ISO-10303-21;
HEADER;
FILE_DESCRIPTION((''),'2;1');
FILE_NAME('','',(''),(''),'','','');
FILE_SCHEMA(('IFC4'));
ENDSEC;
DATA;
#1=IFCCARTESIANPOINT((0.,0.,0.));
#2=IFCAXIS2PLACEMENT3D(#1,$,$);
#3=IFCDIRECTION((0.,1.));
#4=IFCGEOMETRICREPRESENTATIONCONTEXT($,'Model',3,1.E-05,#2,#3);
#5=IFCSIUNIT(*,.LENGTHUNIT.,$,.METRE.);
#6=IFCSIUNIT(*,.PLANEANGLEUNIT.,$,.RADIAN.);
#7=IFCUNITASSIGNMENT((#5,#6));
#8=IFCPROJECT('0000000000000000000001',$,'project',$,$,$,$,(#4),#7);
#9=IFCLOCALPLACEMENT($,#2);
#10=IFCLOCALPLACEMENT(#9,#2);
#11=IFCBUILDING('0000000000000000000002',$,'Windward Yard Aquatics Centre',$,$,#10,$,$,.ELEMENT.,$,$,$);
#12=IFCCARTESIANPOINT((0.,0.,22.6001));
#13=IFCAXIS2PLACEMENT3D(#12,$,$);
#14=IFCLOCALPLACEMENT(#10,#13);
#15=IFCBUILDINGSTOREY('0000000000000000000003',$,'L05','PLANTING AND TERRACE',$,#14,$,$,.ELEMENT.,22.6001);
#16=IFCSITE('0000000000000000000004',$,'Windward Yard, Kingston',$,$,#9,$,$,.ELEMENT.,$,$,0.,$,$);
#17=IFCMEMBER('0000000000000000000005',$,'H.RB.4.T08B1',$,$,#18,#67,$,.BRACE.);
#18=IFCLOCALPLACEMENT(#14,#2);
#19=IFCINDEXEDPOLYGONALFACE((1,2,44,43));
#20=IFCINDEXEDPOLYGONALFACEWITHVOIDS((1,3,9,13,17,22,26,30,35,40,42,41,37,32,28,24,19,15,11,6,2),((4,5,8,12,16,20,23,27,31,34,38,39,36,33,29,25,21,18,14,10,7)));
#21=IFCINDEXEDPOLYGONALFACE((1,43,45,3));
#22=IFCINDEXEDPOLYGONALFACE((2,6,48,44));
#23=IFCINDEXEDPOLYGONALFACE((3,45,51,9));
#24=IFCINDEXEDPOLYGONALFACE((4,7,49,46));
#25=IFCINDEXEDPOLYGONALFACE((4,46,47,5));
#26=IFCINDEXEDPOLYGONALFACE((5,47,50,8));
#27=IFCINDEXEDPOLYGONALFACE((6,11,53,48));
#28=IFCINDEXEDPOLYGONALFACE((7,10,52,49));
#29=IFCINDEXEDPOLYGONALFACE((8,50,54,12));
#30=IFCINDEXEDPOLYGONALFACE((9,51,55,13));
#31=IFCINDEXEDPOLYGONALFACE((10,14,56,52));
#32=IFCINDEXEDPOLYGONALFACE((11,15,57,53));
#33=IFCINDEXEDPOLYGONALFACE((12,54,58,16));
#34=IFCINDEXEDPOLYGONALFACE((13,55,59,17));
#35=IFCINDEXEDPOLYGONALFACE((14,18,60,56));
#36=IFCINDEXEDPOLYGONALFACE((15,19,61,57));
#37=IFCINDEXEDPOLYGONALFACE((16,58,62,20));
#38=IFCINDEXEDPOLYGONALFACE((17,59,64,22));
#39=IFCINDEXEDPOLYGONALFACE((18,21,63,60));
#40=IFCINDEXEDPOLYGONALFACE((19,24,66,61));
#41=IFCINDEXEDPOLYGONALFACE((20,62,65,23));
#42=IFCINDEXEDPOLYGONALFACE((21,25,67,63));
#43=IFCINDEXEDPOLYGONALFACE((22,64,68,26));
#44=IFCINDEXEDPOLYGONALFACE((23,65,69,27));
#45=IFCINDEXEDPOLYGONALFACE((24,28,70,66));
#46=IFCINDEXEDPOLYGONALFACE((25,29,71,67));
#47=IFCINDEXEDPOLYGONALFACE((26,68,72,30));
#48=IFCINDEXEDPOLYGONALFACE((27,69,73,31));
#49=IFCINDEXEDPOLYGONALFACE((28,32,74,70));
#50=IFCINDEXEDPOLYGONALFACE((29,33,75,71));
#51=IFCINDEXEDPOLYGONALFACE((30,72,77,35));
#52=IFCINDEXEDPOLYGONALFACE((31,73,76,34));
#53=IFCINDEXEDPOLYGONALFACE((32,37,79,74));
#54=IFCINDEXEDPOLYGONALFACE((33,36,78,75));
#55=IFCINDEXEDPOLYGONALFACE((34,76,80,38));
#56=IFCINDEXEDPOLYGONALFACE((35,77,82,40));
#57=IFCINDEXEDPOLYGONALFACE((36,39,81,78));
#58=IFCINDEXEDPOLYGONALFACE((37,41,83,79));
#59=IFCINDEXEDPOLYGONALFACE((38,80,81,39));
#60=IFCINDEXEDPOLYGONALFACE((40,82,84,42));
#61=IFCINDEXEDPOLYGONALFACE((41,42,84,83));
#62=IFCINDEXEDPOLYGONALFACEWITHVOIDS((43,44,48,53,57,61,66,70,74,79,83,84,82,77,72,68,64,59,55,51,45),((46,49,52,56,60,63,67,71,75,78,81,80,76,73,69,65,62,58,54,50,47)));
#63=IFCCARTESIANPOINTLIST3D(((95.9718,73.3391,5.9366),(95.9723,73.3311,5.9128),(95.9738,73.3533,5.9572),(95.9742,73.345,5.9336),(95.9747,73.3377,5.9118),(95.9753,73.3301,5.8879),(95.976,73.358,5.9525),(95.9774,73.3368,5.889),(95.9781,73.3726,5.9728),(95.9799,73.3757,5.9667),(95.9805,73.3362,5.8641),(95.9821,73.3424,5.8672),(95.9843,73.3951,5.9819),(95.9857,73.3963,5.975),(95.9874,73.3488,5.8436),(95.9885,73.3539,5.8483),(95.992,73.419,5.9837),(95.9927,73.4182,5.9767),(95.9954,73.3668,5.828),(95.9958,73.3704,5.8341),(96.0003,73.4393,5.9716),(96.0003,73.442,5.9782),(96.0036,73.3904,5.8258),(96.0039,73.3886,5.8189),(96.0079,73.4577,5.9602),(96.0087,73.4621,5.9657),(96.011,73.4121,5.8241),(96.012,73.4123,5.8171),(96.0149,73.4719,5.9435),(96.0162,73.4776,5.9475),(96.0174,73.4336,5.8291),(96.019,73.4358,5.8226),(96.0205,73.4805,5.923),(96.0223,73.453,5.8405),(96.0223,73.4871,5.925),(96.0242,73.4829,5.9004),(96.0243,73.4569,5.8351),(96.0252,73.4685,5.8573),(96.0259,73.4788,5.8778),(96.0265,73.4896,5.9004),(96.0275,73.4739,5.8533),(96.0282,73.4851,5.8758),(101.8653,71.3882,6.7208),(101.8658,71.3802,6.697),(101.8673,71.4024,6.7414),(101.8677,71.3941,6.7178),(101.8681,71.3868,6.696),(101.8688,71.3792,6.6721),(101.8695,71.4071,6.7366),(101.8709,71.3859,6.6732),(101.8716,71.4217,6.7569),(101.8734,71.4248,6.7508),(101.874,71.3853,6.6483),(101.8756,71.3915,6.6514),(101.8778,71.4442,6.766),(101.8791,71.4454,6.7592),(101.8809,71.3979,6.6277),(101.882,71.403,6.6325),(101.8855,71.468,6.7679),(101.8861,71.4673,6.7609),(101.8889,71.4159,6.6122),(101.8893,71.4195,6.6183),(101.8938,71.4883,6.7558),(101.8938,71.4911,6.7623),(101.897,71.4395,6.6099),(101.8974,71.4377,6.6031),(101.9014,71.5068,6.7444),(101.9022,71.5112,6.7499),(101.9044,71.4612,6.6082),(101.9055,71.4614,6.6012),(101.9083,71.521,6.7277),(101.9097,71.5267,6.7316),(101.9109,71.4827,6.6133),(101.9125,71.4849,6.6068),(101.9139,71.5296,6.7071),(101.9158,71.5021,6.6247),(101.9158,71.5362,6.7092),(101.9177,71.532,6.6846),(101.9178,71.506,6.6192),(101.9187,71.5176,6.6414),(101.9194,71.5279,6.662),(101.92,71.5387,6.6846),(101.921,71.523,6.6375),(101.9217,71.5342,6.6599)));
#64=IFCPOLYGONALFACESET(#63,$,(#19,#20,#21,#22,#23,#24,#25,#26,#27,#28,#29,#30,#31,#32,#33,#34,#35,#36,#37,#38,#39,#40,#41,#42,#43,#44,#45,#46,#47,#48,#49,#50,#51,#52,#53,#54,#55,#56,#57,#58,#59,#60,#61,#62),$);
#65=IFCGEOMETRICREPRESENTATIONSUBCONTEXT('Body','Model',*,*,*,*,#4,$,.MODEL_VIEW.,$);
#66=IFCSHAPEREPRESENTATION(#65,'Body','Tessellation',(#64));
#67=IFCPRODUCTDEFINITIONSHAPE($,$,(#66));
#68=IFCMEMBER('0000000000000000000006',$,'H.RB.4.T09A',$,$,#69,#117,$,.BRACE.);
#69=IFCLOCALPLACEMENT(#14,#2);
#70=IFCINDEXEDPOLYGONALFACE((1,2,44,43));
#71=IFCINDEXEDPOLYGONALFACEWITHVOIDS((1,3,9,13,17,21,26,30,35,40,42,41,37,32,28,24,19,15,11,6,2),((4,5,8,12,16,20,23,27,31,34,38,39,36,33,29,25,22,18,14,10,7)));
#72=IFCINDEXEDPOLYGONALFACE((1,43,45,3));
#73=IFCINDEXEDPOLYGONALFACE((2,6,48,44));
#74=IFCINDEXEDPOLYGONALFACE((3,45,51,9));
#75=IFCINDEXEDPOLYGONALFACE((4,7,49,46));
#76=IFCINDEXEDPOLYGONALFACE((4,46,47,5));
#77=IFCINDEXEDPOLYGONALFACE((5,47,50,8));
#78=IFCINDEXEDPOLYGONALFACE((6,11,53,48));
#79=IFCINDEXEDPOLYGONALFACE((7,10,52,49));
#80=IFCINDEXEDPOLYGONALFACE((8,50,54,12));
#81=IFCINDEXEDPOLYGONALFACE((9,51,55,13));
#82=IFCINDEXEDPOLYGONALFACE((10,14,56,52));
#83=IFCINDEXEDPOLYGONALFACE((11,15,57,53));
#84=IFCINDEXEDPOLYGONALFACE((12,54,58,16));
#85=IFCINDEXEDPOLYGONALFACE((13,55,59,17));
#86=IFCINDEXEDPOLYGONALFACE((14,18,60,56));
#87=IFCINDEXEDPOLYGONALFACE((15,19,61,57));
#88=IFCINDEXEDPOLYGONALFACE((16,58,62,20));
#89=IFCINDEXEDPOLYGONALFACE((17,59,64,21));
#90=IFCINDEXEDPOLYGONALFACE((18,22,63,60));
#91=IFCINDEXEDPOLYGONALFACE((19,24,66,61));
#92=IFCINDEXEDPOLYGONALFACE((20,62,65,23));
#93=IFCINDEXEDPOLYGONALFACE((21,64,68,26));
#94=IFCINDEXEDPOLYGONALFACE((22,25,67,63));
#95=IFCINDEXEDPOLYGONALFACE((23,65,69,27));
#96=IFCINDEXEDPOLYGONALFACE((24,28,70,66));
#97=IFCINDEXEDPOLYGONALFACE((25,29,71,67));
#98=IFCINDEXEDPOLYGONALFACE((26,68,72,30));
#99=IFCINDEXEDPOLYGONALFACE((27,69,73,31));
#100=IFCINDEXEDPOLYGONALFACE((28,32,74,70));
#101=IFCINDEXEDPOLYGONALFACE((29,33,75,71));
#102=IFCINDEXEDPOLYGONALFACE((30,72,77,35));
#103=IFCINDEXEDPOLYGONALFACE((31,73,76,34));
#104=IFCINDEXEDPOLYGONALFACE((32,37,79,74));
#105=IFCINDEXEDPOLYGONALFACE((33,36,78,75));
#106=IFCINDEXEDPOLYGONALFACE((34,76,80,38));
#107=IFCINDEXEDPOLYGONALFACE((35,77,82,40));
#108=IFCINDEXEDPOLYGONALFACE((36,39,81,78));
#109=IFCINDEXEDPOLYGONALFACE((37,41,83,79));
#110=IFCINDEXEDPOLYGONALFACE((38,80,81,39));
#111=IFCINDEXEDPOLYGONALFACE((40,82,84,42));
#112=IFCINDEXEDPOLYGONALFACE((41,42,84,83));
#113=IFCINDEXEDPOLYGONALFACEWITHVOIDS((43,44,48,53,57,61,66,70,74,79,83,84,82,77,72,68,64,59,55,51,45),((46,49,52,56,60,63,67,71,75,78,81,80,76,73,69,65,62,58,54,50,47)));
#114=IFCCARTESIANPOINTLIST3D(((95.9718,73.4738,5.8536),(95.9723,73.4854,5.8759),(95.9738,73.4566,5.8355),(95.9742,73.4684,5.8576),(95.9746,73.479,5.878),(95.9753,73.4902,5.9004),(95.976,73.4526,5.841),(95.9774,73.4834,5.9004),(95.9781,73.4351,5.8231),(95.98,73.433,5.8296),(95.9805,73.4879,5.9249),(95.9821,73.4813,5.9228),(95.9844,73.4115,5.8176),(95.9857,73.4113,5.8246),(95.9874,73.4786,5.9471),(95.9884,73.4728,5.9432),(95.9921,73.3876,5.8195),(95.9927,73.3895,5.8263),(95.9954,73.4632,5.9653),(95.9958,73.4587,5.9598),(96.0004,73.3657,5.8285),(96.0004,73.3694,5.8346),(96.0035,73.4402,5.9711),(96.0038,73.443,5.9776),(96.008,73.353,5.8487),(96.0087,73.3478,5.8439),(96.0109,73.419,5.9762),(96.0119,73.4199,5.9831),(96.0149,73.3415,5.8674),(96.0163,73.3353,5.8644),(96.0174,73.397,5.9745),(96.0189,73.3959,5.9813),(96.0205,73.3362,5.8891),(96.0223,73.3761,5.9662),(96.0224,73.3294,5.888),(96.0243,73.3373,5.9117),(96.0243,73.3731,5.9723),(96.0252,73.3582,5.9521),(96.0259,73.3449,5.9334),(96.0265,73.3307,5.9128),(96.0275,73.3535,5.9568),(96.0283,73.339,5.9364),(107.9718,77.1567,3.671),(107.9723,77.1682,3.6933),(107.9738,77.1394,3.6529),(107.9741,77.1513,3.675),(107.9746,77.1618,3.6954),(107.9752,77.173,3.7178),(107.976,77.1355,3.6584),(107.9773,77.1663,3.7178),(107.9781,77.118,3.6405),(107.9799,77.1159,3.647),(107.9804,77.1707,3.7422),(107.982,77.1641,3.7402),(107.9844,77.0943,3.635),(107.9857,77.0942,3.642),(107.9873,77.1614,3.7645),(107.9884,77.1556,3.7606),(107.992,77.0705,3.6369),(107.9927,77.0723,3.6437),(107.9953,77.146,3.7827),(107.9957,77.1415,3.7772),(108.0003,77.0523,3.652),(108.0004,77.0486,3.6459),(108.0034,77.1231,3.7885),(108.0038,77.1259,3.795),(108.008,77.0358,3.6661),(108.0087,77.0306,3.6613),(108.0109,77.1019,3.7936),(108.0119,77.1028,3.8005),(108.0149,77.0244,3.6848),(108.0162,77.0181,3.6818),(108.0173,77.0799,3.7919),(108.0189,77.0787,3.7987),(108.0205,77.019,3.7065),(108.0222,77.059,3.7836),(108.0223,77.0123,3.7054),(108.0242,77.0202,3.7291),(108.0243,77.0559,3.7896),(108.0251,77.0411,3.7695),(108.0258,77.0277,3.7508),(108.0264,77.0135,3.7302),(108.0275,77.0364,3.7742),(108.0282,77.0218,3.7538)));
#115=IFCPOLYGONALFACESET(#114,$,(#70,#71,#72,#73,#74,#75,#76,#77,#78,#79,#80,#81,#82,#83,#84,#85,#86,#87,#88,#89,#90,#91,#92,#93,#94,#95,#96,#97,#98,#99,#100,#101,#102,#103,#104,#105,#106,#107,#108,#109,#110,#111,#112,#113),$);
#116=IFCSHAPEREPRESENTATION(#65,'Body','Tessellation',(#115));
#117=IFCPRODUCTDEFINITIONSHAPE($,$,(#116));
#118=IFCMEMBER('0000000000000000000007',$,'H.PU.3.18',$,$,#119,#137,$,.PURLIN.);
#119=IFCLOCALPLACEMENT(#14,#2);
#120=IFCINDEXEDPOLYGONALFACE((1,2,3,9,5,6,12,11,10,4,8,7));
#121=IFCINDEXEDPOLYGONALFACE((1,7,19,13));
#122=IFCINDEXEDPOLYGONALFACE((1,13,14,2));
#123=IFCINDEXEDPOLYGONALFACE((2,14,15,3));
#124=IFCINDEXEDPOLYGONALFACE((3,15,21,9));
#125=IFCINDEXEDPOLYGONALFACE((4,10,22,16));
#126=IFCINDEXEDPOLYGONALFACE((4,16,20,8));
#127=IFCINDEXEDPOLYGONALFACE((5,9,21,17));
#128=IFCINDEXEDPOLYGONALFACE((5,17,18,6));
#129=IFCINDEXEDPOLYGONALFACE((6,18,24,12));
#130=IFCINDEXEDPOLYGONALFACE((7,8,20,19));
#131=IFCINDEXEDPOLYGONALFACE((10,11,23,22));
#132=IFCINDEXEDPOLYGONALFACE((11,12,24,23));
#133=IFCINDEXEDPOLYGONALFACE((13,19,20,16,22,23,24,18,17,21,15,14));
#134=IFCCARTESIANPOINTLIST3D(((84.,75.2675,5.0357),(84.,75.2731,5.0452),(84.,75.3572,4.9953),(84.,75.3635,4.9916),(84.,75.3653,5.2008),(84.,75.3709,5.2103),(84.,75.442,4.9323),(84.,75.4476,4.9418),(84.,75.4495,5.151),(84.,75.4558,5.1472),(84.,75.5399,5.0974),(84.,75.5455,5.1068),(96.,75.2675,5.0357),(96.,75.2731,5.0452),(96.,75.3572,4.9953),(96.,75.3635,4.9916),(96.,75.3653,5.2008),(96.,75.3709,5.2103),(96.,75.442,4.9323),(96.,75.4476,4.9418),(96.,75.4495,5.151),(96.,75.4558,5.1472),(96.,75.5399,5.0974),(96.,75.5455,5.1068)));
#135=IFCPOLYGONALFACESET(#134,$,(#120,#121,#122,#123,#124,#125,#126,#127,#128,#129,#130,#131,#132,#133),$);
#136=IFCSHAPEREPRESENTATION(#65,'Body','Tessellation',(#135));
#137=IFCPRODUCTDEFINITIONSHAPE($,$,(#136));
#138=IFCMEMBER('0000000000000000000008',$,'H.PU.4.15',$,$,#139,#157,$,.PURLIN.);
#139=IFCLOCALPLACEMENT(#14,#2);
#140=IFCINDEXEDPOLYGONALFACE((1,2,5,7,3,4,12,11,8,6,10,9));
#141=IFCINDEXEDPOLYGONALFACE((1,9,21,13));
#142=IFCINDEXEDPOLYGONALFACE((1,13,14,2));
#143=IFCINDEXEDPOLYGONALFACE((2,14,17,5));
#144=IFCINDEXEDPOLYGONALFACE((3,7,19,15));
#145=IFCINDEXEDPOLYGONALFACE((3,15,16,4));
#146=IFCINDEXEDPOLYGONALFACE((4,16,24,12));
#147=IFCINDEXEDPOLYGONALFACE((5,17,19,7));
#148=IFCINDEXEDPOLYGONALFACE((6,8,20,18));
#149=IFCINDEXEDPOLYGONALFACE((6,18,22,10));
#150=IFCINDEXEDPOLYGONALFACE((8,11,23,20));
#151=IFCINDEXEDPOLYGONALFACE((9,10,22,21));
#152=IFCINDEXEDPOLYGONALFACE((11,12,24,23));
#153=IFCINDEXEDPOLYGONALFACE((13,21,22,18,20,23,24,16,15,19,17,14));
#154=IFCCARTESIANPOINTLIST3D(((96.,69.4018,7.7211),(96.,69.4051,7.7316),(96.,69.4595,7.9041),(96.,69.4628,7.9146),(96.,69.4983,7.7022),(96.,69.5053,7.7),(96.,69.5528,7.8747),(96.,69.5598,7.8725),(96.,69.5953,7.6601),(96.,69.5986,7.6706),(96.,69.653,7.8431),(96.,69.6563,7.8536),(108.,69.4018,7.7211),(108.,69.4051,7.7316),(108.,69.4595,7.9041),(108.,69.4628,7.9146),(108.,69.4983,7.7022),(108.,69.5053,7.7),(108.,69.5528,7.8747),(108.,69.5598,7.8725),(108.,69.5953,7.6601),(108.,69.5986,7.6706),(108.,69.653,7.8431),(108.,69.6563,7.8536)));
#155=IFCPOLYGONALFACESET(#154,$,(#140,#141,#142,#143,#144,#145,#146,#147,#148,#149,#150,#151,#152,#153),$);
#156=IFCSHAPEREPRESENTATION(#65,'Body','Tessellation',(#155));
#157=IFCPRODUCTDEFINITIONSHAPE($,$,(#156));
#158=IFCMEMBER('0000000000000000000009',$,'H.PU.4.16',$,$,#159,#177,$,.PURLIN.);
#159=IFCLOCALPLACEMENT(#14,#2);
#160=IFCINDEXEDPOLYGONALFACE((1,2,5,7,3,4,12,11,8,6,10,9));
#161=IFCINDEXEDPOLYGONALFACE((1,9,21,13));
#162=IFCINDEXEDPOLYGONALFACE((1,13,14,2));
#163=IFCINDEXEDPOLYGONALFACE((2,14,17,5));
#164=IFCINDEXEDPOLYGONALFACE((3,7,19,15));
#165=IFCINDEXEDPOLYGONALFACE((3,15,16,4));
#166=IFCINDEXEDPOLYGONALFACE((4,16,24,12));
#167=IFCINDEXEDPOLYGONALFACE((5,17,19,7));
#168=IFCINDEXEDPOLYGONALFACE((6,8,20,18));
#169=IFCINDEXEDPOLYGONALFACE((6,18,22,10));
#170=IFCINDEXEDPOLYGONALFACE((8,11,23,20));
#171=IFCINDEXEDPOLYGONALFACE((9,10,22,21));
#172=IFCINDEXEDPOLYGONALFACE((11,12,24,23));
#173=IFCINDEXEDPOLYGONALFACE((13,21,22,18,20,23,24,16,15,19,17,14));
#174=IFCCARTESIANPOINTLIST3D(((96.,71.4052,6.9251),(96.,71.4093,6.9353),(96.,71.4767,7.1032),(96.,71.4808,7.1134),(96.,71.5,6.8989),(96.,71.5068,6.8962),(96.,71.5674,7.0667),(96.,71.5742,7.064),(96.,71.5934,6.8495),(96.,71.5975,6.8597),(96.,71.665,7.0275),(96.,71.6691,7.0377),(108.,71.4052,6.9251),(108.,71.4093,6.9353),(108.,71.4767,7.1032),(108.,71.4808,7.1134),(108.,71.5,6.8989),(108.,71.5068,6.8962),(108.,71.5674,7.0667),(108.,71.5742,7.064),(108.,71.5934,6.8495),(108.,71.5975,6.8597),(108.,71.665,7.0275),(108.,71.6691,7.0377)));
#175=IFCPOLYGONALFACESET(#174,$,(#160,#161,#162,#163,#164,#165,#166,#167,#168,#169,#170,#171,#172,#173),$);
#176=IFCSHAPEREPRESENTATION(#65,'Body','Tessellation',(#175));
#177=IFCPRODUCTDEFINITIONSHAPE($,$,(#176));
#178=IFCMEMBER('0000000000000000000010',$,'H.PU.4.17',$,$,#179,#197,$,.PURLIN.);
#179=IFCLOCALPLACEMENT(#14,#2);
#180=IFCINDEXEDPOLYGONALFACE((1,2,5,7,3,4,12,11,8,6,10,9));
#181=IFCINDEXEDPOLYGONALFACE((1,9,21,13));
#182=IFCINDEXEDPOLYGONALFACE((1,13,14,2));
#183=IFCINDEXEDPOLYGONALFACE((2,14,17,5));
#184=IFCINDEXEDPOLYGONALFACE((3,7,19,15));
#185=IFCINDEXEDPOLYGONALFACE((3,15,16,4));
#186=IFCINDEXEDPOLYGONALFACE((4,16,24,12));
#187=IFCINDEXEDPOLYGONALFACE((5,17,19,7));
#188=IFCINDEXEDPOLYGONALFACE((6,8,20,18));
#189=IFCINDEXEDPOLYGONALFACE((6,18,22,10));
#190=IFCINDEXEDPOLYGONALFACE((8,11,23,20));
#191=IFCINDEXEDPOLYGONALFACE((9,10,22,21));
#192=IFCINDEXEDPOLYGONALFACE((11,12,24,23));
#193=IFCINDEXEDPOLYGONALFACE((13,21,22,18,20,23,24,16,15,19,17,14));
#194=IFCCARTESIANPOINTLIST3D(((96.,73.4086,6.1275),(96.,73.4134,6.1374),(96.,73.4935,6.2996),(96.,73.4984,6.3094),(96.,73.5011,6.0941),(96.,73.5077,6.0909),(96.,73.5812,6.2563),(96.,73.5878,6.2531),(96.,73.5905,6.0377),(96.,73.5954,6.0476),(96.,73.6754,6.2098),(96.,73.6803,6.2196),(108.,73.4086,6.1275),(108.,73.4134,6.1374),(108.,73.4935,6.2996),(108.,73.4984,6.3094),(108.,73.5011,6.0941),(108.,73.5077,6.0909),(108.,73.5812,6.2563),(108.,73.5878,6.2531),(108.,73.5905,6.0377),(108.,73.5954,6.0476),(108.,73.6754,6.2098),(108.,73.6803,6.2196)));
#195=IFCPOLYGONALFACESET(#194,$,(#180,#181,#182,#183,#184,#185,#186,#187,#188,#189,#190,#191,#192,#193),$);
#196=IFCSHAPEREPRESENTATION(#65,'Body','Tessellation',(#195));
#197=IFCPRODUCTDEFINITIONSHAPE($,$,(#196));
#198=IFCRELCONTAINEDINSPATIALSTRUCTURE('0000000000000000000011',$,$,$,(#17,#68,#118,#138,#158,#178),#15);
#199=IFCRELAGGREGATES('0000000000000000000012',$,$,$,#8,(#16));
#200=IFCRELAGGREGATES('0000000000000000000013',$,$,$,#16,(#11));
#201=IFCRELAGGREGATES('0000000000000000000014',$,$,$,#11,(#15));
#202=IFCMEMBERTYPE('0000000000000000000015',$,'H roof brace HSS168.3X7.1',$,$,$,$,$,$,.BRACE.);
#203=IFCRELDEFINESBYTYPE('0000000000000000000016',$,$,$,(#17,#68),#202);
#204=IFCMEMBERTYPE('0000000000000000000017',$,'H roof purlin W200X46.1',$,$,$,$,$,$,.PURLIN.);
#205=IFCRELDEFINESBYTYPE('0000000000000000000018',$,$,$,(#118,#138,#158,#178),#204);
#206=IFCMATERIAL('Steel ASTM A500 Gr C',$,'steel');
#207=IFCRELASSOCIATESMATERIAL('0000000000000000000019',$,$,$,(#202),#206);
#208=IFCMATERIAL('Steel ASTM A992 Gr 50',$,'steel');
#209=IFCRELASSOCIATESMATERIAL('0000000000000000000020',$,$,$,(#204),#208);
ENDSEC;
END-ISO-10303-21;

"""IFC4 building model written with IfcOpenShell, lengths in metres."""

from ifc_helpers import new_model, si_unit, direction, frame, origin, origin_2d, place, context, subcontext, project, spatial, hollow_circle, i_section, extrude, material, material_profile, profile_set, type_object, element, save


model = new_model("IFC4")

# Units and contexts
model_context = context("Model", 3, precision=1e-05, world=origin(), true_north=direction((0.0, 1.0)))
body_context = subcontext(model_context, "Body", "Model", "MODEL_VIEW")
ifc_project = project(units=[si_unit("LENGTHUNIT", "METRE"), si_unit("PLANEANGLEUNIT", "RADIAN")], contexts=[model_context])

# Site, building, storey
site_placement = place(None, origin())
site = spatial("IfcSite", under=ifc_project, at=site_placement, Name="Windward Yard, Kingston", CompositionType="ELEMENT", RefElevation=0.0)
building_placement = place(site_placement, origin())
building = spatial("IfcBuilding", under=site, at=building_placement, Name="Windward Yard Aquatics Centre", CompositionType="ELEMENT")
storey_placement = place(building_placement, frame((0.0, 0.0, 22.6001)))
storey = spatial("IfcBuildingStorey", under=building, at=storey_placement, Name="L05", Description="PLANTING AND TERRACE", CompositionType="ELEMENT", Elevation=22.6001)

# Members
ifc_material_1 = material(Name="Steel ASTM A500 Gr C", Category="steel")
ifc_material_profile_1 = material_profile(ifc_material_1, hollow_circle(Radius=0.0842, WallThickness=0.0071, at=origin_2d()), Name="HSS168.3X7.1")
ifc_profile_set_1 = profile_set([ifc_material_profile_1], Name="Steel ASTM A500 Gr C")
member_type_1 = type_object("IfcMemberType", Name="H roof brace HSS168.3X7.1", PredefinedType="BRACE", material=ifc_profile_set_1)
member_1_placement = place(storey_placement, frame((96.0, 73.4097, 5.9004), z_axis=(0.941854, -0.311779, 0.12532), x_axis=(0.314257, 0.949338, 0.0)))
element("IfcMember", 1, at=member_1_placement, inside=storey, type_object=member_type_1, Name="H.RB.4.T08B1", PredefinedType="BRACE", context=body_context, shape_type="SweptSolid", body=[
    extrude(hollow_circle(Radius=0.0842, WallThickness=0.0071, at=origin_2d()), origin(), (0.0, 0.0, 1.0), 6.2573),
])
member_2_placement = place(storey_placement, frame((96.0, 73.4097, 5.9004), z_axis=(0.941858, 0.289061, -0.17131), x_axis=(-0.293398, 0.95599, 0.0)))
element("IfcMember", 2, at=member_2_placement, inside=storey, type_object=member_type_1, Name="H.RB.4.T09A", PredefinedType="BRACE", context=body_context, shape_type="SweptSolid", body=[
    extrude(hollow_circle(Radius=0.0842, WallThickness=0.0071, at=origin_2d()), origin(), (0.0, 0.0, 1.0), 12.7407),
])
ifc_material_2 = material(Name="Steel ASTM A992 Gr 50", Category="steel")
ifc_material_profile_2 = material_profile(ifc_material_2, i_section(OverallWidth=0.2029, OverallDepth=0.2029, WebThickness=0.0073, FlangeThickness=0.011, at=origin_2d()), Name="W200X46.1")
ifc_profile_set_2 = profile_set([ifc_material_profile_2], Name="Steel ASTM A992 Gr 50")
member_type_2 = type_object("IfcMemberType", Name="H roof purlin W200X46.1", PredefinedType="PURLIN", material=ifc_profile_set_2)
for number, where, z_axis, x_axis, name in (
    (3, (84.0, 75.4065, 5.0713), (1.0, 0.0, 0.0), (0.0, 0.86027, -0.509838), "H.PU.3.18"),
    (4, (96.0, 69.5291, 7.7874), (1.0, 0.0, 0.0), (0.0, 0.953633, -0.300973), "H.PU.4.15"),
    (5, (96.0, 71.5371, 6.9814), (1.0, 0.0, 0.0), (0.0, 0.927869, -0.372907), "H.PU.4.16"),
    (6, (96.0, 73.5444, 6.1736), (1.0, 0.0, 0.0), (0.0, 0.896687, -0.442665), "H.PU.4.17"),
):
    element("IfcMember", number, at=place(storey_placement, frame(where, z_axis=z_axis, x_axis=x_axis)), inside=storey, type_object=member_type_2, Name=name, PredefinedType="PURLIN", context=body_context, shape_type="SweptSolid", body=[
        extrude(i_section(OverallWidth=0.2029, OverallDepth=0.2029, WebThickness=0.0073, FlangeThickness=0.011, at=origin_2d()), origin(), (0.0, 0.0, 1.0), 12.0),
    ])

save(model, "model.ifc")
